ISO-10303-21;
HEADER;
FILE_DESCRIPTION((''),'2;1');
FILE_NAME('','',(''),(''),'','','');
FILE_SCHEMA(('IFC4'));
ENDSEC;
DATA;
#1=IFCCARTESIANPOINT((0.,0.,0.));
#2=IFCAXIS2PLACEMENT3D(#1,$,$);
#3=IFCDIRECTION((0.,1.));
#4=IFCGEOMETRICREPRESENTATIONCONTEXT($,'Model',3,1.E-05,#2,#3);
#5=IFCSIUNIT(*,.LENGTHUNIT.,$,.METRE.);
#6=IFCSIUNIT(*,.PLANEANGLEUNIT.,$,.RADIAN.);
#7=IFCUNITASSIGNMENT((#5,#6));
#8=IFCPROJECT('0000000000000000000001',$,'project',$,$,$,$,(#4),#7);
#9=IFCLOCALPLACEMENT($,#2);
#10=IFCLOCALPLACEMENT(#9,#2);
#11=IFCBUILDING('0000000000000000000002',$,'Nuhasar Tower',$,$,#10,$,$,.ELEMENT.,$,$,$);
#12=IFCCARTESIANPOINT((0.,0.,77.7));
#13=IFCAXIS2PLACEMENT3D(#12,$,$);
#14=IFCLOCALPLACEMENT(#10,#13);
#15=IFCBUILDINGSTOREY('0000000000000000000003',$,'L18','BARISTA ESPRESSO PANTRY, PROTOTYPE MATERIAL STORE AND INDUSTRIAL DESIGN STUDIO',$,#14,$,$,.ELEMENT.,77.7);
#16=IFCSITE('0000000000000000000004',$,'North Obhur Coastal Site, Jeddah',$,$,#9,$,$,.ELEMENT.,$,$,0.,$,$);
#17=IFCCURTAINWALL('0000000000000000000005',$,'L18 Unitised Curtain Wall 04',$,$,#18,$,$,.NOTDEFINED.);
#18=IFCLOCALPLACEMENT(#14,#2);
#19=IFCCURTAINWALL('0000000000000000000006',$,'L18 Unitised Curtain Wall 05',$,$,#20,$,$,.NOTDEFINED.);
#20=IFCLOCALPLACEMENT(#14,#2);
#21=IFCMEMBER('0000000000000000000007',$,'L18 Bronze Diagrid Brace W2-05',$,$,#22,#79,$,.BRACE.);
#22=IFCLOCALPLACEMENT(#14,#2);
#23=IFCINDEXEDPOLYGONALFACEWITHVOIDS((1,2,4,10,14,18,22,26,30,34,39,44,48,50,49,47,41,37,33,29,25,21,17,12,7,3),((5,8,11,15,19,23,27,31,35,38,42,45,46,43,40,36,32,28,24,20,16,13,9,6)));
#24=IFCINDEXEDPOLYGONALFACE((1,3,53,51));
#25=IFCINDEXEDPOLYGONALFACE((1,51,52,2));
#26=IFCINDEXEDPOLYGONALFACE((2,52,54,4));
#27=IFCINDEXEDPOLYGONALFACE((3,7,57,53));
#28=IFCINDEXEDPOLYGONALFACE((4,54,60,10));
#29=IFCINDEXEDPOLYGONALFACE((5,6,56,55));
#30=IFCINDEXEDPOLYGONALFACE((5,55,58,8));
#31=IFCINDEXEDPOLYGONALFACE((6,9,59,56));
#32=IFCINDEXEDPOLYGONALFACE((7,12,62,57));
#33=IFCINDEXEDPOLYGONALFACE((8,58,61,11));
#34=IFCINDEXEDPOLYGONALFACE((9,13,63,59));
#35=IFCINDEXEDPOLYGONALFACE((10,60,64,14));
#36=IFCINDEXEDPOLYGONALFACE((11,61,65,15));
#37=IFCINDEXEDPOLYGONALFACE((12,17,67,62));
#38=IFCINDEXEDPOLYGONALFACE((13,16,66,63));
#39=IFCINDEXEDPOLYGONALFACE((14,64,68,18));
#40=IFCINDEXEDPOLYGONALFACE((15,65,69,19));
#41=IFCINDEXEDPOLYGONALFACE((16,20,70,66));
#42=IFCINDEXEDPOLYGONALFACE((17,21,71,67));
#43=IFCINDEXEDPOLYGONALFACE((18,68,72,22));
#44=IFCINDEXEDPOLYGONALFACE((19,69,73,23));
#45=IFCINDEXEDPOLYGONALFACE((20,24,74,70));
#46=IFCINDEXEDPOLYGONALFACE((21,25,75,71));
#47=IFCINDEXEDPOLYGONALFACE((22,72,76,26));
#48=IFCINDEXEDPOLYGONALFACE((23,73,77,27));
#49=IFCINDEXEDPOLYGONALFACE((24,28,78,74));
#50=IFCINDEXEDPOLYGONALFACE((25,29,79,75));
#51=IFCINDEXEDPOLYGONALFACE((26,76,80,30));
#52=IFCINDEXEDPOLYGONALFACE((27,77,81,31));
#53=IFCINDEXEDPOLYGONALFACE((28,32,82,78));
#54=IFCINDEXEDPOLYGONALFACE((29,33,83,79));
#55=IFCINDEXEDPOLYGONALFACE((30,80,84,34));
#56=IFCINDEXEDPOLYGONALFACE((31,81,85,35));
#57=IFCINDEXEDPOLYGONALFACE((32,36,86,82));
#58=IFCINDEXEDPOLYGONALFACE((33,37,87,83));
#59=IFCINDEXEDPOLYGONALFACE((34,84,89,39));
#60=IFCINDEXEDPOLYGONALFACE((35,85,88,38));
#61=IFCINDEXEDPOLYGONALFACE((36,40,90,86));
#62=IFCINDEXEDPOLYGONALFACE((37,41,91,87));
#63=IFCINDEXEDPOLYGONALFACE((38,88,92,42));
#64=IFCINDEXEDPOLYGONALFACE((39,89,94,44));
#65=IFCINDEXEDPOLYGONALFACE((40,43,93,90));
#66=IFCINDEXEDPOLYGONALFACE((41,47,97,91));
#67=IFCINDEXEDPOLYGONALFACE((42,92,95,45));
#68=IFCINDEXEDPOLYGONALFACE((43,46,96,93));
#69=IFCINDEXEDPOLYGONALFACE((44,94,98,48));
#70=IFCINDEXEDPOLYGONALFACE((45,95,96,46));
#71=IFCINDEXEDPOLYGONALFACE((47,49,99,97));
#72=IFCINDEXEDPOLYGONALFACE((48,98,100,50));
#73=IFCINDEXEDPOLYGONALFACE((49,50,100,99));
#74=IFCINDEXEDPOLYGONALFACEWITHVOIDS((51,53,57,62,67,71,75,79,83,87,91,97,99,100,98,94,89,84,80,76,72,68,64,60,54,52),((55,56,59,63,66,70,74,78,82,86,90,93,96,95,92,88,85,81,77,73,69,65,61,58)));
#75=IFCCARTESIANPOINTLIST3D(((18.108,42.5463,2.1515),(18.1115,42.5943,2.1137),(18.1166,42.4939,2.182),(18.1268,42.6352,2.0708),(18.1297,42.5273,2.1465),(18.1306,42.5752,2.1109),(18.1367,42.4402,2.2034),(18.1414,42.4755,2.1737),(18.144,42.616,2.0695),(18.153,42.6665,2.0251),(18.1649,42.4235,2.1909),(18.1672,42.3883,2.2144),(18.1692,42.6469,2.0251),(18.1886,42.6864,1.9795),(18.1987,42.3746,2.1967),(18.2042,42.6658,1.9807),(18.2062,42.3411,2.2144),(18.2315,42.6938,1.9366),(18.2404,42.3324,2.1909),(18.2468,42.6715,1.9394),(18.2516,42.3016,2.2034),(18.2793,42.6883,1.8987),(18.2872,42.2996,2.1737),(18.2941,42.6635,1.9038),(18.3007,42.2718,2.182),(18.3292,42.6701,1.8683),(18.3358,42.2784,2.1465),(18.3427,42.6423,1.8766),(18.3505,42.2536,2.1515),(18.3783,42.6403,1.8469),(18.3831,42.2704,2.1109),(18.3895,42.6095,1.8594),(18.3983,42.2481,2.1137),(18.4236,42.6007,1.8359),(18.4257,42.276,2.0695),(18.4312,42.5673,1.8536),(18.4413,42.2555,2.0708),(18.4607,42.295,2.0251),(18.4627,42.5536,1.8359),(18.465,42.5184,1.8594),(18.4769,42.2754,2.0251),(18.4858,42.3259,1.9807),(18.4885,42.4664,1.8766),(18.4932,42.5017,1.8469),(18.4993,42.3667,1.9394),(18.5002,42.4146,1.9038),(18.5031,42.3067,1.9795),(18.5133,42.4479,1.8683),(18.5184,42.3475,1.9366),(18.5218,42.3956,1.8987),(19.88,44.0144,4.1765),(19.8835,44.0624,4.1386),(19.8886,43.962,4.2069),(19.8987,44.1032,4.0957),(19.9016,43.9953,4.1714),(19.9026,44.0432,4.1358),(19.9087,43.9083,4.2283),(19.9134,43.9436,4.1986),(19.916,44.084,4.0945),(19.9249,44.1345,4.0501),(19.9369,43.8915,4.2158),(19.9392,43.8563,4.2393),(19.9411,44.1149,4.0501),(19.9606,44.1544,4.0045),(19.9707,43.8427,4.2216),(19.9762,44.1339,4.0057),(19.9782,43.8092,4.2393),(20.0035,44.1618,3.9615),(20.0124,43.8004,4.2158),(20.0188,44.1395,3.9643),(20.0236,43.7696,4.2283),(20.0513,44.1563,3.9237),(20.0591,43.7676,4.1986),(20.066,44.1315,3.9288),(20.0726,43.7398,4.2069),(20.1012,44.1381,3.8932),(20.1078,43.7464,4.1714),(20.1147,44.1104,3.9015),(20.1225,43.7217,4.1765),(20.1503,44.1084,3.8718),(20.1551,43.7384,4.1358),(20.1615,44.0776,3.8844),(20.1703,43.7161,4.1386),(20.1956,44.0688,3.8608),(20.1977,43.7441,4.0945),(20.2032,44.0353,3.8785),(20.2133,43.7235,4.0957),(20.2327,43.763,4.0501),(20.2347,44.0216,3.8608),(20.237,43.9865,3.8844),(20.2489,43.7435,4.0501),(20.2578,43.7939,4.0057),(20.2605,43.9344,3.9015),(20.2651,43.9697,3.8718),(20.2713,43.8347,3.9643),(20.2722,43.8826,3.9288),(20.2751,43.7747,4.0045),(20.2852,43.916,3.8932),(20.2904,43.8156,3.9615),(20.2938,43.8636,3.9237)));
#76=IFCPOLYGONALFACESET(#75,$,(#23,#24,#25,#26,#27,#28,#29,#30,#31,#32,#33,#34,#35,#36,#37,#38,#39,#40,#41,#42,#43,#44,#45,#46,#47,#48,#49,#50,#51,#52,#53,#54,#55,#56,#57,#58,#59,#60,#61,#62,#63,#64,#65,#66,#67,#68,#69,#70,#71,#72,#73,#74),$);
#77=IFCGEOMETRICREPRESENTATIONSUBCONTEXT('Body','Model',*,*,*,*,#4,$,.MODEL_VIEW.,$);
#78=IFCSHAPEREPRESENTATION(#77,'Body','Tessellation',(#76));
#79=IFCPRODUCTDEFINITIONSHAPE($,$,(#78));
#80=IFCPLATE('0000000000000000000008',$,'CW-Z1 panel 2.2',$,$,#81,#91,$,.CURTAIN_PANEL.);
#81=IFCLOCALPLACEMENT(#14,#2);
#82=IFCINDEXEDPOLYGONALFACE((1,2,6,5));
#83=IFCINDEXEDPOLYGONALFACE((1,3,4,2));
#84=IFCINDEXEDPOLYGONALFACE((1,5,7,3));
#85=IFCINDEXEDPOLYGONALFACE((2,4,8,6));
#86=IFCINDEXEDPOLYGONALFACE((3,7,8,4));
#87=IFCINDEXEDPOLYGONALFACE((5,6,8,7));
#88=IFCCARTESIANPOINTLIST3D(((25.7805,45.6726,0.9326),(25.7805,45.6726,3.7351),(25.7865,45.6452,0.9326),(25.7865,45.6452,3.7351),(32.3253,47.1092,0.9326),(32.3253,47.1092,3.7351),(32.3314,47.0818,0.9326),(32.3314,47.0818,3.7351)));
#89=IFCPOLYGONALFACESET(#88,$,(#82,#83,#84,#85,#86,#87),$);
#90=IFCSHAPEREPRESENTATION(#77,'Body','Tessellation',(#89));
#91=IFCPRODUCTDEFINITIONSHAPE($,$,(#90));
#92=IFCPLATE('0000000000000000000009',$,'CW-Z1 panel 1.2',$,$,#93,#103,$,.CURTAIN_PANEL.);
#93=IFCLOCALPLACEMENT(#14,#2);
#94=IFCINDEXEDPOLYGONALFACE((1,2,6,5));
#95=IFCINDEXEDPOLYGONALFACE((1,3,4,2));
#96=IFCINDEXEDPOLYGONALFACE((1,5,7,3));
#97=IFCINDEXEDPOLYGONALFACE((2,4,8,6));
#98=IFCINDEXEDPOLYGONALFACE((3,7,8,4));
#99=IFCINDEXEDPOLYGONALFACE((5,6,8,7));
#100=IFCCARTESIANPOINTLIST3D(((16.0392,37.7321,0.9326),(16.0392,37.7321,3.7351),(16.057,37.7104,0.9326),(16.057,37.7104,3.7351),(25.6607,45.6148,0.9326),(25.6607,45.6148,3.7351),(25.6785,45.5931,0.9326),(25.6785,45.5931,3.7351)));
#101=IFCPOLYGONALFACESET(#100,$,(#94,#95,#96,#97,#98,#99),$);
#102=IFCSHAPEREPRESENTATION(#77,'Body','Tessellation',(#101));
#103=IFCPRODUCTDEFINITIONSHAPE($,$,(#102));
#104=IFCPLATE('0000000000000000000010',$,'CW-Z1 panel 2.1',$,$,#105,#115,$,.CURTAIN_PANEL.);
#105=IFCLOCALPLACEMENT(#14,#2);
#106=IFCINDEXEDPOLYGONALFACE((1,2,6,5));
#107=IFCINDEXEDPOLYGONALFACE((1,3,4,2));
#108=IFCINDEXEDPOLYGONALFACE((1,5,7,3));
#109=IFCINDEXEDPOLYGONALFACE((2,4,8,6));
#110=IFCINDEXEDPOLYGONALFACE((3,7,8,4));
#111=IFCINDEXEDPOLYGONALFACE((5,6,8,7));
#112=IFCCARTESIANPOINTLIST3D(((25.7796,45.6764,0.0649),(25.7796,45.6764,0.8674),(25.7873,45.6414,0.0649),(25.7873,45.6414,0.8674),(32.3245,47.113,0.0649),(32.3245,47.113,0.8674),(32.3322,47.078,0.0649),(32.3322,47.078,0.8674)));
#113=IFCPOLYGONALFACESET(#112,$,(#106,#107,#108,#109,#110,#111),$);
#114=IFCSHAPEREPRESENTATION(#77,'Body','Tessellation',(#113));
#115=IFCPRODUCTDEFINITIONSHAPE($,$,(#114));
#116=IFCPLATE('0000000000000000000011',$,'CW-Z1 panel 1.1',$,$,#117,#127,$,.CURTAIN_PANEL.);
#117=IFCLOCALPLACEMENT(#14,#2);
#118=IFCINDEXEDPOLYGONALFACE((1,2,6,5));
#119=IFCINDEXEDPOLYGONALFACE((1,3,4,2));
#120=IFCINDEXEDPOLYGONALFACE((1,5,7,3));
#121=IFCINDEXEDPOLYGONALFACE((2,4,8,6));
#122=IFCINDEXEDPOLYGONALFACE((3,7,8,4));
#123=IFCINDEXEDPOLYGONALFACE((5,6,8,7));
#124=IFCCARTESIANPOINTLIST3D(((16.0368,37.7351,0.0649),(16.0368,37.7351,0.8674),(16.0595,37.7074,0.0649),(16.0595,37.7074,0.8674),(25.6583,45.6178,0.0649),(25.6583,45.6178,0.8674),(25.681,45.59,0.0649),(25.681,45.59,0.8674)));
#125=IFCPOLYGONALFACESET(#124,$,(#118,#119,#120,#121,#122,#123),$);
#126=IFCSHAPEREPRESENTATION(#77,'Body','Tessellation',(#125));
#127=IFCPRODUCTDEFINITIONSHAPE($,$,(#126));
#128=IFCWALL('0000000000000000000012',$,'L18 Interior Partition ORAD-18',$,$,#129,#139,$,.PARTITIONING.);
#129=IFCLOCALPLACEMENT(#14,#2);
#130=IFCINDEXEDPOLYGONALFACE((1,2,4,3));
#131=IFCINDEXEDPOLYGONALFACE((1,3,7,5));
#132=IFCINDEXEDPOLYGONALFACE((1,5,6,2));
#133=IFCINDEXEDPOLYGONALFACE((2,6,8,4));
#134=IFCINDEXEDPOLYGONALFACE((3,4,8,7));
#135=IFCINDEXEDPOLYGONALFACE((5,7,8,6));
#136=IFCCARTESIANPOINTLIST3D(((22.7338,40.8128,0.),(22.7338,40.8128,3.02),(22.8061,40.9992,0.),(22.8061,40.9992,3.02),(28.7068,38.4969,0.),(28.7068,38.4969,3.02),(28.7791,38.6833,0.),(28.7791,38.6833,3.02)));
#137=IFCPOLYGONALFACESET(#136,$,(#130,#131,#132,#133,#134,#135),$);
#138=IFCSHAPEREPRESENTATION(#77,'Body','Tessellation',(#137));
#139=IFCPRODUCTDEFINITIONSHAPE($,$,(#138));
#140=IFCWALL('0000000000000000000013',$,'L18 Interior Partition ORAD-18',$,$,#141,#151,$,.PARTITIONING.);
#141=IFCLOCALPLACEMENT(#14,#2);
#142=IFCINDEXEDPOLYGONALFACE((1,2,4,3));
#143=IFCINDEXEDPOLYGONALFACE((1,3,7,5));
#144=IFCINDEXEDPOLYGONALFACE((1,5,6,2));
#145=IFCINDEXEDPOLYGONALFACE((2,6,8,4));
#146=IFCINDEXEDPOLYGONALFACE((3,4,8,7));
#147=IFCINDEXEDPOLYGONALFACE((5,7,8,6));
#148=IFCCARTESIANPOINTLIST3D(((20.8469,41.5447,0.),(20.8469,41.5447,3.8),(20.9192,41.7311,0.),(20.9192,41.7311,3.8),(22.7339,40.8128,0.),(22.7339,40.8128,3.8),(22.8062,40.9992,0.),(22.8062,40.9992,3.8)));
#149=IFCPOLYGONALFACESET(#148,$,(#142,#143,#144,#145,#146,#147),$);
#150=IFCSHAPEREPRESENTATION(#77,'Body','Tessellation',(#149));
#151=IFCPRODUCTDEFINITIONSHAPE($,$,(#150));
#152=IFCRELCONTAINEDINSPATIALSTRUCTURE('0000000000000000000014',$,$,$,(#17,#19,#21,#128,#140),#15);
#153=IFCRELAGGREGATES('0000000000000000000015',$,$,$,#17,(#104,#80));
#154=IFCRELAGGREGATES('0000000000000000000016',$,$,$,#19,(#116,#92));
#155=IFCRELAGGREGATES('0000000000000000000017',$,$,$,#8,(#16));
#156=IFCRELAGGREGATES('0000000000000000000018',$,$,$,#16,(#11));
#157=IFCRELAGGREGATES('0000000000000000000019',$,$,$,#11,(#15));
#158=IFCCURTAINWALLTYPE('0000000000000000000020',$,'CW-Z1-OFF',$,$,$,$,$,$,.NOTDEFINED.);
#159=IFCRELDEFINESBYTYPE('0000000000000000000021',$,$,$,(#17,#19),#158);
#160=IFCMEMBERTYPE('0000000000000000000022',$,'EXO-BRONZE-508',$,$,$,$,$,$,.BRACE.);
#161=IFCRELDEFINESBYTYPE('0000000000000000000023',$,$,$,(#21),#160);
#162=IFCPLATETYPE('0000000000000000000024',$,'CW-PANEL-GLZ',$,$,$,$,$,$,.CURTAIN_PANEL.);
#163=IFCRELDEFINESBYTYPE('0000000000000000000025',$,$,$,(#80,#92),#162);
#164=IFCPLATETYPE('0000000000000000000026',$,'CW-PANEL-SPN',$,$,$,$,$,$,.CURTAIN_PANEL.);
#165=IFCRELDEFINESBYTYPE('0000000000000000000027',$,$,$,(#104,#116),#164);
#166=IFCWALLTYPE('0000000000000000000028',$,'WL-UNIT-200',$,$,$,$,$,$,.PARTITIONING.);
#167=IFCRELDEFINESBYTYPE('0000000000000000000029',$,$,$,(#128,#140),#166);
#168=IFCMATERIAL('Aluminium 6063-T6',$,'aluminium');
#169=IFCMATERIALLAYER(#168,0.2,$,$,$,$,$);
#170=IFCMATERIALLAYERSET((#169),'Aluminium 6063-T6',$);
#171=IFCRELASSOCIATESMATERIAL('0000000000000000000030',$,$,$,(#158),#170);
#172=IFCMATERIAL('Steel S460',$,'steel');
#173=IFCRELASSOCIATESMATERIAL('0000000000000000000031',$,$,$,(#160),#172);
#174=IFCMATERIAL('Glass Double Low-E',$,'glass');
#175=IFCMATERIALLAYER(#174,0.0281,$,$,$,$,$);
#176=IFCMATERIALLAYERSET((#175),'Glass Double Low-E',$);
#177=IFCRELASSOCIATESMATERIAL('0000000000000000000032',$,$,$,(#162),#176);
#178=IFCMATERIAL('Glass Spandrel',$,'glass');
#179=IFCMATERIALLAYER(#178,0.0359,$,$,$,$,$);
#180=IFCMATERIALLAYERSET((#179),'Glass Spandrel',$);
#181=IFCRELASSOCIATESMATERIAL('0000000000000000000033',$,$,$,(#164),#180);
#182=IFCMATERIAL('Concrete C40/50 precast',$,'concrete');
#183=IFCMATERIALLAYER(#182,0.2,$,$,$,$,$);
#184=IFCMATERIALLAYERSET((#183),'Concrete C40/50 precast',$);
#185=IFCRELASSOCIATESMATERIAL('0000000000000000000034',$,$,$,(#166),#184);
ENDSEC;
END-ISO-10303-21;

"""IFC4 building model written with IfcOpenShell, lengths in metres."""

from ifc_helpers import new_model, si_unit, direction, frame, frame_2d, origin, origin_2d, place, context, subcontext, project, spatial, rectangle, hollow_circle, extrude, material, layer, layer_set, material_profile, profile_set, type_object, element, aggregate, save


model = new_model("IFC4")

# Units and contexts
model_context = context("Model", 3, precision=1e-05, world=origin(), true_north=direction((0.0, 1.0)))
body_context = subcontext(model_context, "Body", "Model", "MODEL_VIEW")
ifc_project = project(units=[si_unit("LENGTHUNIT", "METRE"), si_unit("PLANEANGLEUNIT", "RADIAN")], contexts=[model_context])

# Site, building, storey
site_placement = place(None, origin())
site = spatial("IfcSite", under=ifc_project, at=site_placement, Name="North Obhur Coastal Site, Jeddah", CompositionType="ELEMENT", RefElevation=0.0)
building_placement = place(site_placement, origin())
building = spatial("IfcBuilding", under=site, at=building_placement, Name="Nuhasar Tower", CompositionType="ELEMENT")
storey_placement = place(building_placement, frame((0.0, 0.0, 77.7)))
storey = spatial("IfcBuildingStorey", under=building, at=storey_placement, Name="L18", Description="BARISTA ESPRESSO PANTRY, PROTOTYPE MATERIAL STORE AND INDUSTRIAL DESIGN STUDIO", CompositionType="ELEMENT", Elevation=77.7)

# Curtain wall
ifc_material_1 = material(Name="Aluminium 6063-T6", Category="aluminium")
ifc_layer_1 = layer(ifc_material_1, 0.2)
ifc_layer_set_1 = layer_set([ifc_layer_1], Name="Aluminium 6063-T6")
curtain_wall_type = type_object("IfcCurtainWallType", Name="CW-Z1-OFF", PredefinedType="NOTDEFINED", material=ifc_layer_set_1)
curtain_wall_1_placement = place(storey_placement, origin())
curtain_wall_1 = element("IfcCurtainWall", 1, at=curtain_wall_1_placement, inside=storey, type_object=curtain_wall_type, Name="L18 Unitised Curtain Wall 04", PredefinedType="NOTDEFINED")

# Curtain wall
curtain_wall_2_placement = place(storey_placement, origin())
curtain_wall_2 = element("IfcCurtainWall", 2, at=curtain_wall_2_placement, inside=storey, type_object=curtain_wall_type, Name="L18 Unitised Curtain Wall 05", PredefinedType="NOTDEFINED")

# Member
ifc_material_2 = material(Name="Steel S460", Category="steel")
ifc_material_profile_1 = material_profile(ifc_material_2, hollow_circle(Radius=0.2539, WallThickness=0.0254, at=origin_2d()), Name="HSS508X25.4")
ifc_profile_set_1 = profile_set([ifc_material_profile_1], Name="Steel S460")
member_type_1 = type_object("IfcMemberType", Name="EXO-BRONZE-508", PredefinedType="BRACE", material=ifc_profile_set_1)
member_1_placement = place(storey_placement, frame((18.3149, 42.4709, 2.0251), z_axis=(0.578102, 0.478937, 0.660619), x_axis=(-0.637969, 0.770062, 0.0)))
element("IfcMember", 3, at=member_1_placement, inside=storey, type_object=member_type_1, Name="L18 Bronze Diagrid Brace W2-05", PredefinedType="BRACE", context=body_context, shape_type="SweptSolid", body=[
    extrude(hollow_circle(Radius=0.2539, WallThickness=0.0254, at=origin_2d()), origin(), (0.0, 0.0, 1.0), 3.0652),
])

# Plates
ifc_material_3 = material(Name="Glass Double Low-E", Category="glass")
ifc_layer_2 = layer(ifc_material_3, 0.0281)
ifc_layer_set_2 = layer_set([ifc_layer_2], Name="Glass Double Low-E")
plate_type_1 = type_object("IfcPlateType", Name="CW-PANEL-GLZ", PredefinedType="CURTAIN_PANEL", material=ifc_layer_set_2)
plate_1_placement = place(storey_placement, frame((29.0559, 46.3772, 0.9326), z_axis=(0.0, 0.0, 1.0), x_axis=(-0.976746, -0.214399, 0.0)))
plate_1 = element("IfcPlate", 4, at=plate_1_placement, type_object=plate_type_1, Name="CW-Z1 panel 2.2", PredefinedType="CURTAIN_PANEL", context=body_context, shape_type="SweptSolid", body=[
    extrude(rectangle(XDim=6.7007, YDim=0.0281, at=origin_2d()), origin(), (0.0, 0.0, 1.0), 2.8025),
])
plate_2_placement = place(storey_placement, frame((20.8589, 41.6626, 0.9326), z_axis=(0.0, 0.0, 1.0), x_axis=(-0.773542, -0.633745, 0.0)))
plate_2 = element("IfcPlate", 5, at=plate_2_placement, type_object=plate_type_1, Name="CW-Z1 panel 1.2", PredefinedType="CURTAIN_PANEL", context=body_context, shape_type="SweptSolid", body=[
    extrude(rectangle(XDim=12.4382, YDim=0.0281, at=origin_2d()), origin(), (0.0, 0.0, 1.0), 2.8025),
])
ifc_material_4 = material(Name="Glass Spandrel", Category="glass")
ifc_layer_3 = layer(ifc_material_4, 0.0359)
ifc_layer_set_3 = layer_set([ifc_layer_3], Name="Glass Spandrel")
plate_type_2 = type_object("IfcPlateType", Name="CW-PANEL-SPN", PredefinedType="CURTAIN_PANEL", material=ifc_layer_set_3)
plate_3_placement = place(storey_placement, frame((29.0559, 46.3772, 0.0649), z_axis=(0.0, 0.0, 1.0), x_axis=(-0.976746, -0.214399, 0.0)))
plate_3 = element("IfcPlate", 6, at=plate_3_placement, type_object=plate_type_2, Name="CW-Z1 panel 2.1", PredefinedType="CURTAIN_PANEL", context=body_context, shape_type="SweptSolid", body=[
    extrude(rectangle(XDim=6.7007, YDim=0.0359, at=origin_2d()), origin(), (0.0, 0.0, 1.0), 0.8025),
])
aggregate(curtain_wall_1, [plate_3, plate_1])
plate_4_placement = place(storey_placement, frame((20.8589, 41.6626, 0.0649), z_axis=(0.0, 0.0, 1.0), x_axis=(-0.773542, -0.633745, 0.0)))
plate_4 = element("IfcPlate", 7, at=plate_4_placement, type_object=plate_type_2, Name="CW-Z1 panel 1.1", PredefinedType="CURTAIN_PANEL", context=body_context, shape_type="SweptSolid", body=[
    extrude(rectangle(XDim=12.4382, YDim=0.0359, at=origin_2d()), origin(), (0.0, 0.0, 1.0), 0.8025),
])
aggregate(curtain_wall_2, [plate_4, plate_2])

# Walls
ifc_material_5 = material(Name="Concrete C40/50 precast", Category="concrete")
ifc_layer_4 = layer(ifc_material_5, 0.2)
ifc_layer_set_4 = layer_set([ifc_layer_4], Name="Concrete C40/50 precast")
wall_type = type_object("IfcWallType", Name="WL-UNIT-200", PredefinedType="PARTITIONING", material=ifc_layer_set_4)
wall_1_placement = place(storey_placement, frame((28.7429, 38.5901, 0.0), z_axis=(0.0, 0.0, 1.0), x_axis=(-0.932367, 0.361514, 0.0)))
element("IfcWall", 8, at=wall_1_placement, inside=storey, type_object=wall_type, Name="L18 Interior Partition ORAD-18", PredefinedType="PARTITIONING", context=body_context, shape_type="SweptSolid", body=[
    extrude(rectangle(XDim=6.4062, YDim=0.2, at=frame_2d((3.2031, 0.0))), origin(), (0.0, 0.0, 1.0), 3.02),
])
wall_2_placement = place(storey_placement, frame((22.77, 40.906, 0.0), z_axis=(0.0, 0.0, 1.0), x_axis=(-0.932319, 0.361637, 0.0)))
element("IfcWall", 9, at=wall_2_placement, inside=storey, type_object=wall_type, Name="L18 Interior Partition ORAD-18", PredefinedType="PARTITIONING", context=body_context, shape_type="SweptSolid", body=[
    extrude(rectangle(XDim=2.0239, YDim=0.2, at=frame_2d((1.012, 0.0))), origin(), (0.0, 0.0, 1.0), 3.8),
])

save(model, "model.ifc")
